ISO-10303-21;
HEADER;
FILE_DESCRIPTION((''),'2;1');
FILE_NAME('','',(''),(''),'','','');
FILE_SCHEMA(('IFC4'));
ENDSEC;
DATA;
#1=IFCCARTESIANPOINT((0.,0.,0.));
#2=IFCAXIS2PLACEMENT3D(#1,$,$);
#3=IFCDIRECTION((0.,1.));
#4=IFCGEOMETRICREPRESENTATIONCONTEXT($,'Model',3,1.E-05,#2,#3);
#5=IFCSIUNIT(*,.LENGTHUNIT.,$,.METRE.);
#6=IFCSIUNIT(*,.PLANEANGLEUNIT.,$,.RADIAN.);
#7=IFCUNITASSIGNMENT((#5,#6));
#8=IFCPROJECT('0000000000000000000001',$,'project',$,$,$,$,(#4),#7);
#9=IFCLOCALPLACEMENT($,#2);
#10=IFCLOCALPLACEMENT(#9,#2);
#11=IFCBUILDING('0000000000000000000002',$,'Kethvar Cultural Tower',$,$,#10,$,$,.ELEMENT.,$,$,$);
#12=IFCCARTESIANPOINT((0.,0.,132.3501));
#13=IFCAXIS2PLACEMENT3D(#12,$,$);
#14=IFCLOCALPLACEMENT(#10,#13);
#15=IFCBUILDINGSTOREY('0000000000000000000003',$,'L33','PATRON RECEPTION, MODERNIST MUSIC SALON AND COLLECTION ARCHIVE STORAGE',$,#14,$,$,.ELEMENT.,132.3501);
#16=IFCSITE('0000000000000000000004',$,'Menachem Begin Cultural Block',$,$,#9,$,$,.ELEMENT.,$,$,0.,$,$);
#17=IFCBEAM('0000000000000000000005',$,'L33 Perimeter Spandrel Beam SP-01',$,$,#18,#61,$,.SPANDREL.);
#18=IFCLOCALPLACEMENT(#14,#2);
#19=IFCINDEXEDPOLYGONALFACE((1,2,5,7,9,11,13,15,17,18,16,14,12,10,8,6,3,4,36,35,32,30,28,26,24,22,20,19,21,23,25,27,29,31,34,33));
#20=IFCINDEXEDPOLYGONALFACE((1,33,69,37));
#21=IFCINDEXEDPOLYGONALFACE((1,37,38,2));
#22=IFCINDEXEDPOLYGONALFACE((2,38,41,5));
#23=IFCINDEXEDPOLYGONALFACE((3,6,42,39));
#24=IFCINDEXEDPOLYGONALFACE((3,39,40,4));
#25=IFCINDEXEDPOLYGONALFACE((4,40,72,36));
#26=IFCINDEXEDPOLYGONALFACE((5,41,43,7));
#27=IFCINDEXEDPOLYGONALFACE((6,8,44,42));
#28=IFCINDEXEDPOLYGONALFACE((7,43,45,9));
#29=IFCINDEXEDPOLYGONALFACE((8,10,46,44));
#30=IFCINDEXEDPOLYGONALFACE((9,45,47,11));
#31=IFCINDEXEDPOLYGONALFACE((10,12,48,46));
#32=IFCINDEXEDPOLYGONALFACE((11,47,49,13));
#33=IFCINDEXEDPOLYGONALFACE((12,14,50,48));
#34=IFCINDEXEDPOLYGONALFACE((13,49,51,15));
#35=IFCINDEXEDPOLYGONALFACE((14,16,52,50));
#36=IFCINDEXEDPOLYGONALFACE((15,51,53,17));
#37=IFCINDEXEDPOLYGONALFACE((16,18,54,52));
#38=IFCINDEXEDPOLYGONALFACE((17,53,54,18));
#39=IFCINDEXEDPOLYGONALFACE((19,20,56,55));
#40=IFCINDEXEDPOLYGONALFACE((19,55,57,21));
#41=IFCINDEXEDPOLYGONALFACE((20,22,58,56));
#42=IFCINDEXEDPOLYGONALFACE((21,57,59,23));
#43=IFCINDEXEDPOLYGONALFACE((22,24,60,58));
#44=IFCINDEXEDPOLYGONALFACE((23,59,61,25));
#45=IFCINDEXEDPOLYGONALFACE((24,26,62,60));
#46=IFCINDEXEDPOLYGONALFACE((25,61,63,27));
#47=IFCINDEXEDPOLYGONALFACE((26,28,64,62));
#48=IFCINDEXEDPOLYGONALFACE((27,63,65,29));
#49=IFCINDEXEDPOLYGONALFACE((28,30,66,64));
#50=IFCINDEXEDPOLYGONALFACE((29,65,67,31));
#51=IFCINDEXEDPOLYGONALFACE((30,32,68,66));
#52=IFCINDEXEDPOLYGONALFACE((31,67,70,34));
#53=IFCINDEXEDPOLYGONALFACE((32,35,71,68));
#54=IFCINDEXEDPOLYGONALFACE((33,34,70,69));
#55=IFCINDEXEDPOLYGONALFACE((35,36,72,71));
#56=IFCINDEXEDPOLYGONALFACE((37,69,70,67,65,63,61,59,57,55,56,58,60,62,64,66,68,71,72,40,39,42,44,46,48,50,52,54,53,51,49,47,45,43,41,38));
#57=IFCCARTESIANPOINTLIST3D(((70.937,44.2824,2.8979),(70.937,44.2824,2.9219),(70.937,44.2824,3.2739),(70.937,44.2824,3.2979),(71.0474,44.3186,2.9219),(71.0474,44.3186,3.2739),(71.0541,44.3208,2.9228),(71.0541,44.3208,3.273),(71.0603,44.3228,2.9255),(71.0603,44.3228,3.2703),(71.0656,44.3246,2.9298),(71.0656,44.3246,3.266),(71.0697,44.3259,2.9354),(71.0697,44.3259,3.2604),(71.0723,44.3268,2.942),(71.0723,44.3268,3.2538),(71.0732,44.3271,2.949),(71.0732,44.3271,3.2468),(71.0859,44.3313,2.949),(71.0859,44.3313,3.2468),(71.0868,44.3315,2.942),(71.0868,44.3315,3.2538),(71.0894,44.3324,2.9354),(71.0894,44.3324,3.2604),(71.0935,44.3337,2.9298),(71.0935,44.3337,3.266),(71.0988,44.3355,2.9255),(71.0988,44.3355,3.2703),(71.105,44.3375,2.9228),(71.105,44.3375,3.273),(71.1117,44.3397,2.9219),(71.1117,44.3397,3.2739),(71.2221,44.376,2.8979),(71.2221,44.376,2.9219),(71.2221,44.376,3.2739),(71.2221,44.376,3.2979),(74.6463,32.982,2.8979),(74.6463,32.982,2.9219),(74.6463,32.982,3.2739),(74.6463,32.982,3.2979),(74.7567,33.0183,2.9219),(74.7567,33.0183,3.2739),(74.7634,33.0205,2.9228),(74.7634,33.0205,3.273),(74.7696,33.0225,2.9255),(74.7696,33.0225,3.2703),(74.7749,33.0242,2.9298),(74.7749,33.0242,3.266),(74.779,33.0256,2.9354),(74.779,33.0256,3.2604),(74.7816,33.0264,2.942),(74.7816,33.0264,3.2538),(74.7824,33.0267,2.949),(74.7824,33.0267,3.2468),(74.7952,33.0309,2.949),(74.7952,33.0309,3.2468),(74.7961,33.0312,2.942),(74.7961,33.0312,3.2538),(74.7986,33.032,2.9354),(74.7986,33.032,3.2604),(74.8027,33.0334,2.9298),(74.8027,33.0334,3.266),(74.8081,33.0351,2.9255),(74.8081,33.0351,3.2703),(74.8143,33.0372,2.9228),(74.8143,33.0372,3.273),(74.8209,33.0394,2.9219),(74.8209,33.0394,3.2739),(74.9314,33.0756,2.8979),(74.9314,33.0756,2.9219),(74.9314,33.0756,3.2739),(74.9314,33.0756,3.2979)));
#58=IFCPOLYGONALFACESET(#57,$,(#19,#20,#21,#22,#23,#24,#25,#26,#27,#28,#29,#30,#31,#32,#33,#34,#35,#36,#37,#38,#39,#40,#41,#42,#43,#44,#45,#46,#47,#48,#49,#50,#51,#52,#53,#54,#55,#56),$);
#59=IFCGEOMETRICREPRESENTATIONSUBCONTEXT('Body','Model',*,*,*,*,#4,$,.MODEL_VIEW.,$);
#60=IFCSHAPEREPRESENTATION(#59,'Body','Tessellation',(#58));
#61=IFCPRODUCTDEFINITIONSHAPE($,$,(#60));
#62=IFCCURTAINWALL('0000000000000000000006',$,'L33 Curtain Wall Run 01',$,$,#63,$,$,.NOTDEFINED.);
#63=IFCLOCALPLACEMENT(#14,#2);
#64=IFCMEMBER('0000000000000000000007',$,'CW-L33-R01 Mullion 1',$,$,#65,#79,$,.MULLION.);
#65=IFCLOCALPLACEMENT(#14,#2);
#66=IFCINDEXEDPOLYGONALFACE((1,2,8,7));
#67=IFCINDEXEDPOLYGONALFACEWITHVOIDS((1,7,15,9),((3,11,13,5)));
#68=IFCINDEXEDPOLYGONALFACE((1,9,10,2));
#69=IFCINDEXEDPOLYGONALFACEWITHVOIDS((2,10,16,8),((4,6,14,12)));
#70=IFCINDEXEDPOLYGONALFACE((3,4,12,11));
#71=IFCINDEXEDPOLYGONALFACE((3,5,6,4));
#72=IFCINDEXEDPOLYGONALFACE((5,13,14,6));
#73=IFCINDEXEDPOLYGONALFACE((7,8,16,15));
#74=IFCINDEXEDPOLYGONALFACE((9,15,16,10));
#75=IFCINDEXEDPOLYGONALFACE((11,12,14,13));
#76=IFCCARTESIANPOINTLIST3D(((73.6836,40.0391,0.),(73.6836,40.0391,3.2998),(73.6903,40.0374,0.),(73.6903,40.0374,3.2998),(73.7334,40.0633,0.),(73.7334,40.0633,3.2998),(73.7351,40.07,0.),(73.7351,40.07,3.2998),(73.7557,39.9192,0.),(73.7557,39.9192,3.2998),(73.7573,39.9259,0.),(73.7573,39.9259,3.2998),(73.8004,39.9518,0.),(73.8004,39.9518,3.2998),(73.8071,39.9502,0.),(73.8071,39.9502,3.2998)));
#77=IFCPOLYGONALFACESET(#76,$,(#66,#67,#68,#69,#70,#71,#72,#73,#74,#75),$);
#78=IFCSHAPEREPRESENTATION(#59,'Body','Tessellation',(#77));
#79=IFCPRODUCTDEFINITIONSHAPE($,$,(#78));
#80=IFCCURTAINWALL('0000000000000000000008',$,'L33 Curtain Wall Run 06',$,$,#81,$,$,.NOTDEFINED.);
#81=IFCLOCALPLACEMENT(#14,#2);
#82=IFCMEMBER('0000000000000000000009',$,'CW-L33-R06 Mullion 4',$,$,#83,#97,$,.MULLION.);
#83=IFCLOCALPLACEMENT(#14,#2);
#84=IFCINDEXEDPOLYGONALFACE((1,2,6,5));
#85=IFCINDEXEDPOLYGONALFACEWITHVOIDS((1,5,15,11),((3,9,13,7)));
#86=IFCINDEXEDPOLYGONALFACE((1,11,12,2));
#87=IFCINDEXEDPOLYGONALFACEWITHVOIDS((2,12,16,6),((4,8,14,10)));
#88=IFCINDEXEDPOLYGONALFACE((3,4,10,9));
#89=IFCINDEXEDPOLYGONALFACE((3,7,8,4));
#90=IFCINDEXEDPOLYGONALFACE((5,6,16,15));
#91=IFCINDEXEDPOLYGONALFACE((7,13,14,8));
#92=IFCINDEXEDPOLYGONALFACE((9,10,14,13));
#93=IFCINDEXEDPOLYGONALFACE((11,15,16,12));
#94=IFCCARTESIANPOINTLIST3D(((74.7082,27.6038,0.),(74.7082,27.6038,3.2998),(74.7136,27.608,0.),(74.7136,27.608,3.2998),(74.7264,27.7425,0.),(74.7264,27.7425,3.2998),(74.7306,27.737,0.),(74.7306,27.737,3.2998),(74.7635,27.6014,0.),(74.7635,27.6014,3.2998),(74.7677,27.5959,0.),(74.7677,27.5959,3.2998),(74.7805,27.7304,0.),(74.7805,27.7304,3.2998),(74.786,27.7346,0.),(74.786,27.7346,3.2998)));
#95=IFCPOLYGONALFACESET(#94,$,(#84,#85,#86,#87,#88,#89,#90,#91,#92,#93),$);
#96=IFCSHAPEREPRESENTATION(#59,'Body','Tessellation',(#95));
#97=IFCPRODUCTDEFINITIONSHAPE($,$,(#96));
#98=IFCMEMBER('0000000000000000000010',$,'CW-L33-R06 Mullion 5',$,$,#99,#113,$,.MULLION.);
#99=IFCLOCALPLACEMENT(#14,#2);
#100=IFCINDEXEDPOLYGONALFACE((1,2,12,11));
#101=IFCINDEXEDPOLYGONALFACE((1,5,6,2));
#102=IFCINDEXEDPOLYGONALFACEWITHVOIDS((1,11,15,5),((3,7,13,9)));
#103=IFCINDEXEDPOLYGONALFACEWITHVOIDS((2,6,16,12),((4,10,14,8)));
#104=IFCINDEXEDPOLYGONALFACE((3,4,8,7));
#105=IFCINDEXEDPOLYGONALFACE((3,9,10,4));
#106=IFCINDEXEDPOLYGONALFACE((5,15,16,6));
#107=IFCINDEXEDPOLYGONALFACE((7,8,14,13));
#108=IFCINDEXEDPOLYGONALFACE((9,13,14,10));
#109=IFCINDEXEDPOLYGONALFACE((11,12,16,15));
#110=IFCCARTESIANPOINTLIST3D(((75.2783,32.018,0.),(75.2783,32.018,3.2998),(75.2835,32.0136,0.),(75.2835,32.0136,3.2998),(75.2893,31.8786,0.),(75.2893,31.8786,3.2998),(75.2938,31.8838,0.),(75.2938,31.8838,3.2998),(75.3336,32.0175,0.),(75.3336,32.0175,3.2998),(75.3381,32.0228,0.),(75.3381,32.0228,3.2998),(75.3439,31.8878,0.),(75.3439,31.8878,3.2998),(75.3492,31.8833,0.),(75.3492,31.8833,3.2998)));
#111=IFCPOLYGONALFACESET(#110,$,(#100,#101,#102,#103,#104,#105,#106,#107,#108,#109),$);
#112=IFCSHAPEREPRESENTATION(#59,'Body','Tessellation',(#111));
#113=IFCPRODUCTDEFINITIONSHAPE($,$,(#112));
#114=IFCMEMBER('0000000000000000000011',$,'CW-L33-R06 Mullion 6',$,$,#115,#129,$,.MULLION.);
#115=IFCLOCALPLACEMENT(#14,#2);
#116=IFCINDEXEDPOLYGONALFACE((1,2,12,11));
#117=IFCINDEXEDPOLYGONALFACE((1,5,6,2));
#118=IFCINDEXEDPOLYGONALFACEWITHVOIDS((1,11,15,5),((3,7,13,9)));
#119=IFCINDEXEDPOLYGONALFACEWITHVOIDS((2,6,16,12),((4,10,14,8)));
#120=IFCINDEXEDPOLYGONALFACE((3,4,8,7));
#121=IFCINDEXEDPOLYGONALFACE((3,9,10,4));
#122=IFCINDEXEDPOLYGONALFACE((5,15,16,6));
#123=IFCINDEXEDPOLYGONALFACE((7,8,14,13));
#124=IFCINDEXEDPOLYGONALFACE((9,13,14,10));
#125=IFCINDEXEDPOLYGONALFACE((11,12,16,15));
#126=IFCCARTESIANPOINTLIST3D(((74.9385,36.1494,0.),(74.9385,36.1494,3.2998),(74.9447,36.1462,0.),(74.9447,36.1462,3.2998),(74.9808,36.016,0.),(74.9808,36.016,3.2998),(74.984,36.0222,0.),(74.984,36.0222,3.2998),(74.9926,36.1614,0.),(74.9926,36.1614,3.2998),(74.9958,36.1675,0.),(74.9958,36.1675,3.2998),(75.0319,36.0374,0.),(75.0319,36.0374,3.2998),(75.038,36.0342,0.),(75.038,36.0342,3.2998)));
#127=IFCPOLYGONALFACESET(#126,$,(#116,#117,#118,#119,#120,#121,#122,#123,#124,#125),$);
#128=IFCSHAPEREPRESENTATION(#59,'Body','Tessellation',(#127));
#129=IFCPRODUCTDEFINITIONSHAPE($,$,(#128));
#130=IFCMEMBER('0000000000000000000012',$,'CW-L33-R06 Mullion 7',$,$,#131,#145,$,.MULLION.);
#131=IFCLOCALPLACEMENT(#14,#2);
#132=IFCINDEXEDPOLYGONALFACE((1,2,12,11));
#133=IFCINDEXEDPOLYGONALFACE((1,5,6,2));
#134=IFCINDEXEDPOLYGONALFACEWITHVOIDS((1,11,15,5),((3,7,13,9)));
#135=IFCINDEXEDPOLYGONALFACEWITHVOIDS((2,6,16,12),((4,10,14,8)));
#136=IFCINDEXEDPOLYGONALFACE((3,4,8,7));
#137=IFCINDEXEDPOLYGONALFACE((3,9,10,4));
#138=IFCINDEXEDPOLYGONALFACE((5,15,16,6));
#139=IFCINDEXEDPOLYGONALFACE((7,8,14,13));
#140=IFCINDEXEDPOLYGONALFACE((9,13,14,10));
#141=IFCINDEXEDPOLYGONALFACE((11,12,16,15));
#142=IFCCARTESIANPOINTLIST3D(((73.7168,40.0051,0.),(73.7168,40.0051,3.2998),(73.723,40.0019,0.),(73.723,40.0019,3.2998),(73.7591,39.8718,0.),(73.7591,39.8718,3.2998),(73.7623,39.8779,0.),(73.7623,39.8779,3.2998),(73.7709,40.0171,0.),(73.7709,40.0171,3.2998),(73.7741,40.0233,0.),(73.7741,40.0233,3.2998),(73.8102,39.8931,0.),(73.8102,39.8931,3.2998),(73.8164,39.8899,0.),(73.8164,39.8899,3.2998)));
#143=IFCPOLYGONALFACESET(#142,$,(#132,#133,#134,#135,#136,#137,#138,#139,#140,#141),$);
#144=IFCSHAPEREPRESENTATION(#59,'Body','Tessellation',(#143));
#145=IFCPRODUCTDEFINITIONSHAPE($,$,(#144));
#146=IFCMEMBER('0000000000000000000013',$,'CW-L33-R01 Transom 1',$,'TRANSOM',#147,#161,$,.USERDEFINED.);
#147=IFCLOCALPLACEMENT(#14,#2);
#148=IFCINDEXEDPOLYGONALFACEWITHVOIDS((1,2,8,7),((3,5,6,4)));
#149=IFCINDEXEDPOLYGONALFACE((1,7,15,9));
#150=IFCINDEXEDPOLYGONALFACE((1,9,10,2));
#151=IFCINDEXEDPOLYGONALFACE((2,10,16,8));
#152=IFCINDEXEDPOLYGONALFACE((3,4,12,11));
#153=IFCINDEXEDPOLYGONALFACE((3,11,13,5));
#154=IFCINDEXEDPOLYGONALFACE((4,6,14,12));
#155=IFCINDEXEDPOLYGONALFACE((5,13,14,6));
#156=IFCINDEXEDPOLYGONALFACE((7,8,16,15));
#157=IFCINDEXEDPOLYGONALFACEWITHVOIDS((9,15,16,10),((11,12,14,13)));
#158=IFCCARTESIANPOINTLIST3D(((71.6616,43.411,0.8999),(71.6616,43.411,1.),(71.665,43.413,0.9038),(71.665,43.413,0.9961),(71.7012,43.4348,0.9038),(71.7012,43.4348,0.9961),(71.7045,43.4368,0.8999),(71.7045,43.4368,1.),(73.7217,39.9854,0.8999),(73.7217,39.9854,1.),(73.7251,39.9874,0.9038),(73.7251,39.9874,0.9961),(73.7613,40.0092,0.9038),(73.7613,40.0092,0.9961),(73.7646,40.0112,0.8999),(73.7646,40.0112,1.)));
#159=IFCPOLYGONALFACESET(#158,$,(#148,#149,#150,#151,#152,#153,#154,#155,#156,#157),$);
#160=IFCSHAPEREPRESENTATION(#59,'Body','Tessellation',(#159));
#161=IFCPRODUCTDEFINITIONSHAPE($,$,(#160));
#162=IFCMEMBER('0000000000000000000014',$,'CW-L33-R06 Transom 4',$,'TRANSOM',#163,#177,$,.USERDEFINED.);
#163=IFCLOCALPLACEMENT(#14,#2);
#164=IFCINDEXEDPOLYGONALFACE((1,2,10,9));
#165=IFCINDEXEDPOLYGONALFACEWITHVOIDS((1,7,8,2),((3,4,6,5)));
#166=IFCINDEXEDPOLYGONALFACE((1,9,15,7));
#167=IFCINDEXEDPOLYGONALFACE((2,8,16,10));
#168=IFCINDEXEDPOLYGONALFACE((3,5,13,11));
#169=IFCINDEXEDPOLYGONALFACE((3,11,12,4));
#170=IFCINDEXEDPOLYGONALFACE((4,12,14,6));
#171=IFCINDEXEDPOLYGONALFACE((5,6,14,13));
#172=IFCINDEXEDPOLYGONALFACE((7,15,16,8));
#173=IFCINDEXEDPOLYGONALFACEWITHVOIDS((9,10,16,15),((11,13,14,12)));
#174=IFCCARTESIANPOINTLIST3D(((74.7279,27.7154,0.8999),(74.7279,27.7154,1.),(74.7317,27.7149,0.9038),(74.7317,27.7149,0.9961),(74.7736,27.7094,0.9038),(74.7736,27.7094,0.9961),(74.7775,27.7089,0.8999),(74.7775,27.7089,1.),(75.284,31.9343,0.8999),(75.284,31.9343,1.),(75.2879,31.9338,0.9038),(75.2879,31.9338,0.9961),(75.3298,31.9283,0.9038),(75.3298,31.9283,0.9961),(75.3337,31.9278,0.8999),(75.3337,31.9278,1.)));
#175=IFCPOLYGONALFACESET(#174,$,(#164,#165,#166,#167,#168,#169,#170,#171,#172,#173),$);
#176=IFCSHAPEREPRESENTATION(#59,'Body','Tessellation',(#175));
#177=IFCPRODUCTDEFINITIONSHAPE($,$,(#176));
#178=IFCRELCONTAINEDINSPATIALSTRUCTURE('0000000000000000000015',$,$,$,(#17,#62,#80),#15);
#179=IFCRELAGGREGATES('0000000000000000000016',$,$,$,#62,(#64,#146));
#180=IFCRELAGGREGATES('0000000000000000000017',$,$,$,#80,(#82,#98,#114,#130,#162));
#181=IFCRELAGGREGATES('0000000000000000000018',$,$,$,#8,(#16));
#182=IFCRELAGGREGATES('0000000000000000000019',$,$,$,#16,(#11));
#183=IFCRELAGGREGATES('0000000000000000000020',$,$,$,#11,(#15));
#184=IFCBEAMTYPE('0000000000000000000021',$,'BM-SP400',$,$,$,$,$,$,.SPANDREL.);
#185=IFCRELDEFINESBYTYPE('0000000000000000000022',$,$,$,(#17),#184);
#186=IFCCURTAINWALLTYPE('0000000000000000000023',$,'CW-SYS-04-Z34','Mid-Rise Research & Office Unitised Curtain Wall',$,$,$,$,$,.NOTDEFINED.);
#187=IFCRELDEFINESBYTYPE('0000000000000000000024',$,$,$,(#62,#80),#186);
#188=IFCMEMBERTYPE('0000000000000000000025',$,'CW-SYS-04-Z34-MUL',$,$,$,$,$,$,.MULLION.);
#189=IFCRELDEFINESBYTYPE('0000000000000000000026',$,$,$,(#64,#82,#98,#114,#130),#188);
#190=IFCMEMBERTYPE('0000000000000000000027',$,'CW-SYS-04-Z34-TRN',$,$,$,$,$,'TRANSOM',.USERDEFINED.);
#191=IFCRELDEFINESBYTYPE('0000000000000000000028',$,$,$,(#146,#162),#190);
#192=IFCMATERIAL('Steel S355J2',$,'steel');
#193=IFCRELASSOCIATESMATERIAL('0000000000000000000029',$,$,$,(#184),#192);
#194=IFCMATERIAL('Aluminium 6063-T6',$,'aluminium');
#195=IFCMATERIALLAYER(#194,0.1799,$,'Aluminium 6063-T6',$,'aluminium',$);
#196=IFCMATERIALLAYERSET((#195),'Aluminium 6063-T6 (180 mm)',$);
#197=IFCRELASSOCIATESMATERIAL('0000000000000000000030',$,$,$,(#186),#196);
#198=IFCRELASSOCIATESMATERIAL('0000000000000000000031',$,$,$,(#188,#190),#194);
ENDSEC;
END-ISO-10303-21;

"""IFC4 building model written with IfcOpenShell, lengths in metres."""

from ifc_helpers import new_model, si_unit, direction, frame, origin, origin_2d, place, context, subcontext, project, spatial, hollow_rectangle, i_section, extrude, source, transform, mapped, material, layer, layer_set, material_profile, profile_set, type_object, element, aggregate, save


model = new_model("IFC4")

# Units and contexts
model_context = context("Model", 3, precision=1e-05, world=origin(), true_north=direction((0.0, 1.0)))
body_context = subcontext(model_context, "Body", "Model", "MODEL_VIEW")
ifc_project = project(units=[si_unit("LENGTHUNIT", "METRE"), si_unit("PLANEANGLEUNIT", "RADIAN")], contexts=[model_context])

# Site, building, storey
site_placement = place(None, origin())
site = spatial("IfcSite", under=ifc_project, at=site_placement, Name="Menachem Begin Cultural Block", CompositionType="ELEMENT", RefElevation=0.0)
building_placement = place(site_placement, origin())
building = spatial("IfcBuilding", under=site, at=building_placement, Name="Kethvar Cultural Tower", CompositionType="ELEMENT")
storey_placement = place(building_placement, frame((0.0, 0.0, 132.3501)))
storey = spatial("IfcBuildingStorey", under=building, at=storey_placement, Name="L33", Description="PATRON RECEPTION, MODERNIST MUSIC SALON AND COLLECTION ARCHIVE STORAGE", CompositionType="ELEMENT", Elevation=132.3501)

# Beam
ifc_material_1 = material(Name="Steel S355J2", Category="steel")
ifc_material_profile_1 = material_profile(ifc_material_1, i_section(OverallWidth=0.3, OverallDepth=0.3999, WebThickness=0.0134, FlangeThickness=0.0239, FilletRadius=0.0271, at=origin_2d()), Name="Steel S355J2 — HEB400")
ifc_profile_set_1 = profile_set([ifc_material_profile_1], Name="Steel S355J2 — HEB400")
beam_type_1 = type_object("IfcBeamType", Name="BM-SP400", PredefinedType="SPANDREL", material=ifc_profile_set_1)
shared_shape_1 = source(origin(), body_context, "Body", "SweptSolid", [
    extrude(i_section(OverallWidth=0.3, OverallDepth=0.3999, WebThickness=0.0134, FlangeThickness=0.0239, FilletRadius=0.0271, at=origin_2d()), origin(), (0.0, 0.0, 1.0), 11.8936),
])
beam_1_placement = place(storey_placement, frame((74.7888, 33.0288, 3.0979), z_axis=(-0.311871, 0.950125, 0.0), x_axis=(-0.950125, -0.311871, 0.0)))
element("IfcBeam", 1, at=beam_1_placement, inside=storey, type_object=beam_type_1, Name="L33 Perimeter Spandrel Beam SP-01", PredefinedType="SPANDREL", context=body_context, shape_type="MappedRepresentation", body=[
    mapped(shared_shape_1, transform((0.0, 0.0, 0.0), scale=1.0)),
])

# Curtain wall, member
ifc_material_2 = material(Name="Aluminium 6063-T6", Category="aluminium")
ifc_layer_1 = layer(ifc_material_2, 0.1799, Name="Aluminium 6063-T6", Category="aluminium")
ifc_layer_set_1 = layer_set([ifc_layer_1], Name="Aluminium 6063-T6 (180 mm)")
curtain_wall_type = type_object("IfcCurtainWallType", Name="CW-SYS-04-Z34", Description="Mid-Rise Research & Office Unitised Curtain Wall", PredefinedType="NOTDEFINED", material=ifc_layer_set_1)
curtain_wall_1_placement = place(storey_placement, origin())
curtain_wall_1 = element("IfcCurtainWall", 2, at=curtain_wall_1_placement, inside=storey, type_object=curtain_wall_type, Name="L33 Curtain Wall Run 01", PredefinedType="NOTDEFINED")
ifc_material_profile_2 = material_profile(ifc_material_2, hollow_rectangle(XDim=0.0601, YDim=0.1399, WallThickness=0.0049, at=origin_2d()), Name="Aluminium 6063-T6 — RHS140x60x5")
ifc_profile_set_2 = profile_set([ifc_material_profile_2], Name="Aluminium 6063-T6 — RHS140x60x5")
member_type_1 = type_object("IfcMemberType", Name="CW-SYS-04-Z34-MUL", PredefinedType="MULLION", material=ifc_profile_set_2)
shared_shape_2 = source(origin(), body_context, "Body", "SweptSolid", [
    extrude(hollow_rectangle(XDim=0.0601, YDim=0.1399, WallThickness=0.0049, at=origin_2d()), origin(), (0.0, 0.0, 1.0), 3.2998),
])
member_1_placement = place(storey_placement, frame((73.7454, 39.9946, 0.0), z_axis=(0.0, 0.0, 1.0), x_axis=(-0.856987, -0.515337, 0.0)))
member_1 = element("IfcMember", 3, at=member_1_placement, type_object=member_type_1, Name="CW-L33-R01 Mullion 1", PredefinedType="MULLION", context=body_context, shape_type="MappedRepresentation", body=[
    mapped(shared_shape_2, transform((0.0, 0.0, 0.0), scale=1.0)),
])

# Curtain wall, members
curtain_wall_2_placement = place(storey_placement, origin())
curtain_wall_2 = element("IfcCurtainWall", 4, at=curtain_wall_2_placement, inside=storey, type_object=curtain_wall_type, Name="L33 Curtain Wall Run 06", PredefinedType="NOTDEFINED")
member_2_placement = place(storey_placement, frame((74.7471, 27.6692, 0.0), z_axis=(0.0, 0.0, 1.0), x_axis=(-0.991424, 0.130682, 0.0)))
member_2 = element("IfcMember", 5, at=member_2_placement, type_object=member_type_1, Name="CW-L33-R06 Mullion 4", PredefinedType="MULLION", context=body_context, shape_type="MappedRepresentation", body=[
    mapped(shared_shape_2, transform((0.0, 0.0, 0.0), scale=1.0)),
])
member_3_placement = place(storey_placement, frame((75.3137, 31.9507, 0.0), z_axis=(0.0, 0.0, 1.0), x_axis=(-0.996869, -0.079068, 0.0)))
member_3 = element("IfcMember", 6, at=member_3_placement, type_object=member_type_1, Name="CW-L33-R06 Mullion 5", PredefinedType="MULLION", context=body_context, shape_type="MappedRepresentation", body=[
    mapped(shared_shape_2, transform((0.0, 0.0, 0.0), scale=1.0)),
])
member_4_placement = place(storey_placement, frame((74.9883, 36.0918, 0.0), z_axis=(0.0, 0.0, 1.0), x_axis=(-0.953296, -0.302037, 0.0)))
member_4 = element("IfcMember", 7, at=member_4_placement, type_object=member_type_1, Name="CW-L33-R06 Mullion 6", PredefinedType="MULLION", context=body_context, shape_type="MappedRepresentation", body=[
    mapped(shared_shape_2, transform((0.0, 0.0, 0.0), scale=1.0)),
])
member_5_placement = place(storey_placement, frame((73.7666, 39.9475, 0.0), z_axis=(0.0, 0.0, 1.0), x_axis=(-0.953296, -0.302037, 0.0)))
member_5 = element("IfcMember", 8, at=member_5_placement, type_object=member_type_1, Name="CW-L33-R06 Mullion 7", PredefinedType="MULLION", context=body_context, shape_type="MappedRepresentation", body=[
    mapped(shared_shape_2, transform((0.0, 0.0, 0.0), scale=1.0)),
])

# Members
ifc_material_profile_3 = material_profile(ifc_material_2, hollow_rectangle(XDim=0.05, YDim=0.1001, WallThickness=0.0039, at=origin_2d()), Name="Aluminium 6063-T6 — RHS100x50x4")
ifc_profile_set_3 = profile_set([ifc_material_profile_3], Name="Aluminium 6063-T6 — RHS100x50x4")
member_type_2 = type_object("IfcMemberType", Name="CW-SYS-04-Z34-TRN", ElementType="TRANSOM", PredefinedType="USERDEFINED", material=ifc_profile_set_3)
shared_shape_3 = source(origin(), body_context, "Body", "SweptSolid", [
    extrude(hollow_rectangle(XDim=0.05, YDim=0.1001, WallThickness=0.0039, at=origin_2d()), origin(), (0.0, 0.0, 1.0), 3.9973),
])
member_6_placement = place(storey_placement, frame((73.7432, 39.9983, 0.95), z_axis=(-0.515367, 0.85697, 0.0), x_axis=(-0.85697, -0.515367, 0.0)))
member_6 = element("IfcMember", 9, at=member_6_placement, type_object=member_type_2, Name="CW-L33-R01 Transom 1", ObjectType="TRANSOM", PredefinedType="USERDEFINED", context=body_context, shape_type="MappedRepresentation", body=[
    mapped(shared_shape_3, transform((0.0, 0.0, 0.0), scale=1.0)),
])
aggregate(curtain_wall_1, [member_1, member_6])
shared_shape_4 = source(origin(), body_context, "Body", "SweptSolid", [
    extrude(hollow_rectangle(XDim=0.05, YDim=0.1001, WallThickness=0.0039, at=origin_2d()), origin(), (0.0, 0.0, 1.0), 4.2554),
])
member_7_placement = place(storey_placement, frame((74.7527, 27.7122, 0.95), z_axis=(0.130698, 0.991422, 0.0), x_axis=(-0.991422, 0.130698, 0.0)))
member_7 = element("IfcMember", 10, at=member_7_placement, type_object=member_type_2, Name="CW-L33-R06 Transom 4", ObjectType="TRANSOM", PredefinedType="USERDEFINED", context=body_context, shape_type="MappedRepresentation", body=[
    mapped(shared_shape_4, transform((0.0, 0.0, 0.0), scale=1.0)),
])

aggregate(curtain_wall_2, [member_2, member_3, member_4, member_5, member_7])

save(model, "model.ifc")
